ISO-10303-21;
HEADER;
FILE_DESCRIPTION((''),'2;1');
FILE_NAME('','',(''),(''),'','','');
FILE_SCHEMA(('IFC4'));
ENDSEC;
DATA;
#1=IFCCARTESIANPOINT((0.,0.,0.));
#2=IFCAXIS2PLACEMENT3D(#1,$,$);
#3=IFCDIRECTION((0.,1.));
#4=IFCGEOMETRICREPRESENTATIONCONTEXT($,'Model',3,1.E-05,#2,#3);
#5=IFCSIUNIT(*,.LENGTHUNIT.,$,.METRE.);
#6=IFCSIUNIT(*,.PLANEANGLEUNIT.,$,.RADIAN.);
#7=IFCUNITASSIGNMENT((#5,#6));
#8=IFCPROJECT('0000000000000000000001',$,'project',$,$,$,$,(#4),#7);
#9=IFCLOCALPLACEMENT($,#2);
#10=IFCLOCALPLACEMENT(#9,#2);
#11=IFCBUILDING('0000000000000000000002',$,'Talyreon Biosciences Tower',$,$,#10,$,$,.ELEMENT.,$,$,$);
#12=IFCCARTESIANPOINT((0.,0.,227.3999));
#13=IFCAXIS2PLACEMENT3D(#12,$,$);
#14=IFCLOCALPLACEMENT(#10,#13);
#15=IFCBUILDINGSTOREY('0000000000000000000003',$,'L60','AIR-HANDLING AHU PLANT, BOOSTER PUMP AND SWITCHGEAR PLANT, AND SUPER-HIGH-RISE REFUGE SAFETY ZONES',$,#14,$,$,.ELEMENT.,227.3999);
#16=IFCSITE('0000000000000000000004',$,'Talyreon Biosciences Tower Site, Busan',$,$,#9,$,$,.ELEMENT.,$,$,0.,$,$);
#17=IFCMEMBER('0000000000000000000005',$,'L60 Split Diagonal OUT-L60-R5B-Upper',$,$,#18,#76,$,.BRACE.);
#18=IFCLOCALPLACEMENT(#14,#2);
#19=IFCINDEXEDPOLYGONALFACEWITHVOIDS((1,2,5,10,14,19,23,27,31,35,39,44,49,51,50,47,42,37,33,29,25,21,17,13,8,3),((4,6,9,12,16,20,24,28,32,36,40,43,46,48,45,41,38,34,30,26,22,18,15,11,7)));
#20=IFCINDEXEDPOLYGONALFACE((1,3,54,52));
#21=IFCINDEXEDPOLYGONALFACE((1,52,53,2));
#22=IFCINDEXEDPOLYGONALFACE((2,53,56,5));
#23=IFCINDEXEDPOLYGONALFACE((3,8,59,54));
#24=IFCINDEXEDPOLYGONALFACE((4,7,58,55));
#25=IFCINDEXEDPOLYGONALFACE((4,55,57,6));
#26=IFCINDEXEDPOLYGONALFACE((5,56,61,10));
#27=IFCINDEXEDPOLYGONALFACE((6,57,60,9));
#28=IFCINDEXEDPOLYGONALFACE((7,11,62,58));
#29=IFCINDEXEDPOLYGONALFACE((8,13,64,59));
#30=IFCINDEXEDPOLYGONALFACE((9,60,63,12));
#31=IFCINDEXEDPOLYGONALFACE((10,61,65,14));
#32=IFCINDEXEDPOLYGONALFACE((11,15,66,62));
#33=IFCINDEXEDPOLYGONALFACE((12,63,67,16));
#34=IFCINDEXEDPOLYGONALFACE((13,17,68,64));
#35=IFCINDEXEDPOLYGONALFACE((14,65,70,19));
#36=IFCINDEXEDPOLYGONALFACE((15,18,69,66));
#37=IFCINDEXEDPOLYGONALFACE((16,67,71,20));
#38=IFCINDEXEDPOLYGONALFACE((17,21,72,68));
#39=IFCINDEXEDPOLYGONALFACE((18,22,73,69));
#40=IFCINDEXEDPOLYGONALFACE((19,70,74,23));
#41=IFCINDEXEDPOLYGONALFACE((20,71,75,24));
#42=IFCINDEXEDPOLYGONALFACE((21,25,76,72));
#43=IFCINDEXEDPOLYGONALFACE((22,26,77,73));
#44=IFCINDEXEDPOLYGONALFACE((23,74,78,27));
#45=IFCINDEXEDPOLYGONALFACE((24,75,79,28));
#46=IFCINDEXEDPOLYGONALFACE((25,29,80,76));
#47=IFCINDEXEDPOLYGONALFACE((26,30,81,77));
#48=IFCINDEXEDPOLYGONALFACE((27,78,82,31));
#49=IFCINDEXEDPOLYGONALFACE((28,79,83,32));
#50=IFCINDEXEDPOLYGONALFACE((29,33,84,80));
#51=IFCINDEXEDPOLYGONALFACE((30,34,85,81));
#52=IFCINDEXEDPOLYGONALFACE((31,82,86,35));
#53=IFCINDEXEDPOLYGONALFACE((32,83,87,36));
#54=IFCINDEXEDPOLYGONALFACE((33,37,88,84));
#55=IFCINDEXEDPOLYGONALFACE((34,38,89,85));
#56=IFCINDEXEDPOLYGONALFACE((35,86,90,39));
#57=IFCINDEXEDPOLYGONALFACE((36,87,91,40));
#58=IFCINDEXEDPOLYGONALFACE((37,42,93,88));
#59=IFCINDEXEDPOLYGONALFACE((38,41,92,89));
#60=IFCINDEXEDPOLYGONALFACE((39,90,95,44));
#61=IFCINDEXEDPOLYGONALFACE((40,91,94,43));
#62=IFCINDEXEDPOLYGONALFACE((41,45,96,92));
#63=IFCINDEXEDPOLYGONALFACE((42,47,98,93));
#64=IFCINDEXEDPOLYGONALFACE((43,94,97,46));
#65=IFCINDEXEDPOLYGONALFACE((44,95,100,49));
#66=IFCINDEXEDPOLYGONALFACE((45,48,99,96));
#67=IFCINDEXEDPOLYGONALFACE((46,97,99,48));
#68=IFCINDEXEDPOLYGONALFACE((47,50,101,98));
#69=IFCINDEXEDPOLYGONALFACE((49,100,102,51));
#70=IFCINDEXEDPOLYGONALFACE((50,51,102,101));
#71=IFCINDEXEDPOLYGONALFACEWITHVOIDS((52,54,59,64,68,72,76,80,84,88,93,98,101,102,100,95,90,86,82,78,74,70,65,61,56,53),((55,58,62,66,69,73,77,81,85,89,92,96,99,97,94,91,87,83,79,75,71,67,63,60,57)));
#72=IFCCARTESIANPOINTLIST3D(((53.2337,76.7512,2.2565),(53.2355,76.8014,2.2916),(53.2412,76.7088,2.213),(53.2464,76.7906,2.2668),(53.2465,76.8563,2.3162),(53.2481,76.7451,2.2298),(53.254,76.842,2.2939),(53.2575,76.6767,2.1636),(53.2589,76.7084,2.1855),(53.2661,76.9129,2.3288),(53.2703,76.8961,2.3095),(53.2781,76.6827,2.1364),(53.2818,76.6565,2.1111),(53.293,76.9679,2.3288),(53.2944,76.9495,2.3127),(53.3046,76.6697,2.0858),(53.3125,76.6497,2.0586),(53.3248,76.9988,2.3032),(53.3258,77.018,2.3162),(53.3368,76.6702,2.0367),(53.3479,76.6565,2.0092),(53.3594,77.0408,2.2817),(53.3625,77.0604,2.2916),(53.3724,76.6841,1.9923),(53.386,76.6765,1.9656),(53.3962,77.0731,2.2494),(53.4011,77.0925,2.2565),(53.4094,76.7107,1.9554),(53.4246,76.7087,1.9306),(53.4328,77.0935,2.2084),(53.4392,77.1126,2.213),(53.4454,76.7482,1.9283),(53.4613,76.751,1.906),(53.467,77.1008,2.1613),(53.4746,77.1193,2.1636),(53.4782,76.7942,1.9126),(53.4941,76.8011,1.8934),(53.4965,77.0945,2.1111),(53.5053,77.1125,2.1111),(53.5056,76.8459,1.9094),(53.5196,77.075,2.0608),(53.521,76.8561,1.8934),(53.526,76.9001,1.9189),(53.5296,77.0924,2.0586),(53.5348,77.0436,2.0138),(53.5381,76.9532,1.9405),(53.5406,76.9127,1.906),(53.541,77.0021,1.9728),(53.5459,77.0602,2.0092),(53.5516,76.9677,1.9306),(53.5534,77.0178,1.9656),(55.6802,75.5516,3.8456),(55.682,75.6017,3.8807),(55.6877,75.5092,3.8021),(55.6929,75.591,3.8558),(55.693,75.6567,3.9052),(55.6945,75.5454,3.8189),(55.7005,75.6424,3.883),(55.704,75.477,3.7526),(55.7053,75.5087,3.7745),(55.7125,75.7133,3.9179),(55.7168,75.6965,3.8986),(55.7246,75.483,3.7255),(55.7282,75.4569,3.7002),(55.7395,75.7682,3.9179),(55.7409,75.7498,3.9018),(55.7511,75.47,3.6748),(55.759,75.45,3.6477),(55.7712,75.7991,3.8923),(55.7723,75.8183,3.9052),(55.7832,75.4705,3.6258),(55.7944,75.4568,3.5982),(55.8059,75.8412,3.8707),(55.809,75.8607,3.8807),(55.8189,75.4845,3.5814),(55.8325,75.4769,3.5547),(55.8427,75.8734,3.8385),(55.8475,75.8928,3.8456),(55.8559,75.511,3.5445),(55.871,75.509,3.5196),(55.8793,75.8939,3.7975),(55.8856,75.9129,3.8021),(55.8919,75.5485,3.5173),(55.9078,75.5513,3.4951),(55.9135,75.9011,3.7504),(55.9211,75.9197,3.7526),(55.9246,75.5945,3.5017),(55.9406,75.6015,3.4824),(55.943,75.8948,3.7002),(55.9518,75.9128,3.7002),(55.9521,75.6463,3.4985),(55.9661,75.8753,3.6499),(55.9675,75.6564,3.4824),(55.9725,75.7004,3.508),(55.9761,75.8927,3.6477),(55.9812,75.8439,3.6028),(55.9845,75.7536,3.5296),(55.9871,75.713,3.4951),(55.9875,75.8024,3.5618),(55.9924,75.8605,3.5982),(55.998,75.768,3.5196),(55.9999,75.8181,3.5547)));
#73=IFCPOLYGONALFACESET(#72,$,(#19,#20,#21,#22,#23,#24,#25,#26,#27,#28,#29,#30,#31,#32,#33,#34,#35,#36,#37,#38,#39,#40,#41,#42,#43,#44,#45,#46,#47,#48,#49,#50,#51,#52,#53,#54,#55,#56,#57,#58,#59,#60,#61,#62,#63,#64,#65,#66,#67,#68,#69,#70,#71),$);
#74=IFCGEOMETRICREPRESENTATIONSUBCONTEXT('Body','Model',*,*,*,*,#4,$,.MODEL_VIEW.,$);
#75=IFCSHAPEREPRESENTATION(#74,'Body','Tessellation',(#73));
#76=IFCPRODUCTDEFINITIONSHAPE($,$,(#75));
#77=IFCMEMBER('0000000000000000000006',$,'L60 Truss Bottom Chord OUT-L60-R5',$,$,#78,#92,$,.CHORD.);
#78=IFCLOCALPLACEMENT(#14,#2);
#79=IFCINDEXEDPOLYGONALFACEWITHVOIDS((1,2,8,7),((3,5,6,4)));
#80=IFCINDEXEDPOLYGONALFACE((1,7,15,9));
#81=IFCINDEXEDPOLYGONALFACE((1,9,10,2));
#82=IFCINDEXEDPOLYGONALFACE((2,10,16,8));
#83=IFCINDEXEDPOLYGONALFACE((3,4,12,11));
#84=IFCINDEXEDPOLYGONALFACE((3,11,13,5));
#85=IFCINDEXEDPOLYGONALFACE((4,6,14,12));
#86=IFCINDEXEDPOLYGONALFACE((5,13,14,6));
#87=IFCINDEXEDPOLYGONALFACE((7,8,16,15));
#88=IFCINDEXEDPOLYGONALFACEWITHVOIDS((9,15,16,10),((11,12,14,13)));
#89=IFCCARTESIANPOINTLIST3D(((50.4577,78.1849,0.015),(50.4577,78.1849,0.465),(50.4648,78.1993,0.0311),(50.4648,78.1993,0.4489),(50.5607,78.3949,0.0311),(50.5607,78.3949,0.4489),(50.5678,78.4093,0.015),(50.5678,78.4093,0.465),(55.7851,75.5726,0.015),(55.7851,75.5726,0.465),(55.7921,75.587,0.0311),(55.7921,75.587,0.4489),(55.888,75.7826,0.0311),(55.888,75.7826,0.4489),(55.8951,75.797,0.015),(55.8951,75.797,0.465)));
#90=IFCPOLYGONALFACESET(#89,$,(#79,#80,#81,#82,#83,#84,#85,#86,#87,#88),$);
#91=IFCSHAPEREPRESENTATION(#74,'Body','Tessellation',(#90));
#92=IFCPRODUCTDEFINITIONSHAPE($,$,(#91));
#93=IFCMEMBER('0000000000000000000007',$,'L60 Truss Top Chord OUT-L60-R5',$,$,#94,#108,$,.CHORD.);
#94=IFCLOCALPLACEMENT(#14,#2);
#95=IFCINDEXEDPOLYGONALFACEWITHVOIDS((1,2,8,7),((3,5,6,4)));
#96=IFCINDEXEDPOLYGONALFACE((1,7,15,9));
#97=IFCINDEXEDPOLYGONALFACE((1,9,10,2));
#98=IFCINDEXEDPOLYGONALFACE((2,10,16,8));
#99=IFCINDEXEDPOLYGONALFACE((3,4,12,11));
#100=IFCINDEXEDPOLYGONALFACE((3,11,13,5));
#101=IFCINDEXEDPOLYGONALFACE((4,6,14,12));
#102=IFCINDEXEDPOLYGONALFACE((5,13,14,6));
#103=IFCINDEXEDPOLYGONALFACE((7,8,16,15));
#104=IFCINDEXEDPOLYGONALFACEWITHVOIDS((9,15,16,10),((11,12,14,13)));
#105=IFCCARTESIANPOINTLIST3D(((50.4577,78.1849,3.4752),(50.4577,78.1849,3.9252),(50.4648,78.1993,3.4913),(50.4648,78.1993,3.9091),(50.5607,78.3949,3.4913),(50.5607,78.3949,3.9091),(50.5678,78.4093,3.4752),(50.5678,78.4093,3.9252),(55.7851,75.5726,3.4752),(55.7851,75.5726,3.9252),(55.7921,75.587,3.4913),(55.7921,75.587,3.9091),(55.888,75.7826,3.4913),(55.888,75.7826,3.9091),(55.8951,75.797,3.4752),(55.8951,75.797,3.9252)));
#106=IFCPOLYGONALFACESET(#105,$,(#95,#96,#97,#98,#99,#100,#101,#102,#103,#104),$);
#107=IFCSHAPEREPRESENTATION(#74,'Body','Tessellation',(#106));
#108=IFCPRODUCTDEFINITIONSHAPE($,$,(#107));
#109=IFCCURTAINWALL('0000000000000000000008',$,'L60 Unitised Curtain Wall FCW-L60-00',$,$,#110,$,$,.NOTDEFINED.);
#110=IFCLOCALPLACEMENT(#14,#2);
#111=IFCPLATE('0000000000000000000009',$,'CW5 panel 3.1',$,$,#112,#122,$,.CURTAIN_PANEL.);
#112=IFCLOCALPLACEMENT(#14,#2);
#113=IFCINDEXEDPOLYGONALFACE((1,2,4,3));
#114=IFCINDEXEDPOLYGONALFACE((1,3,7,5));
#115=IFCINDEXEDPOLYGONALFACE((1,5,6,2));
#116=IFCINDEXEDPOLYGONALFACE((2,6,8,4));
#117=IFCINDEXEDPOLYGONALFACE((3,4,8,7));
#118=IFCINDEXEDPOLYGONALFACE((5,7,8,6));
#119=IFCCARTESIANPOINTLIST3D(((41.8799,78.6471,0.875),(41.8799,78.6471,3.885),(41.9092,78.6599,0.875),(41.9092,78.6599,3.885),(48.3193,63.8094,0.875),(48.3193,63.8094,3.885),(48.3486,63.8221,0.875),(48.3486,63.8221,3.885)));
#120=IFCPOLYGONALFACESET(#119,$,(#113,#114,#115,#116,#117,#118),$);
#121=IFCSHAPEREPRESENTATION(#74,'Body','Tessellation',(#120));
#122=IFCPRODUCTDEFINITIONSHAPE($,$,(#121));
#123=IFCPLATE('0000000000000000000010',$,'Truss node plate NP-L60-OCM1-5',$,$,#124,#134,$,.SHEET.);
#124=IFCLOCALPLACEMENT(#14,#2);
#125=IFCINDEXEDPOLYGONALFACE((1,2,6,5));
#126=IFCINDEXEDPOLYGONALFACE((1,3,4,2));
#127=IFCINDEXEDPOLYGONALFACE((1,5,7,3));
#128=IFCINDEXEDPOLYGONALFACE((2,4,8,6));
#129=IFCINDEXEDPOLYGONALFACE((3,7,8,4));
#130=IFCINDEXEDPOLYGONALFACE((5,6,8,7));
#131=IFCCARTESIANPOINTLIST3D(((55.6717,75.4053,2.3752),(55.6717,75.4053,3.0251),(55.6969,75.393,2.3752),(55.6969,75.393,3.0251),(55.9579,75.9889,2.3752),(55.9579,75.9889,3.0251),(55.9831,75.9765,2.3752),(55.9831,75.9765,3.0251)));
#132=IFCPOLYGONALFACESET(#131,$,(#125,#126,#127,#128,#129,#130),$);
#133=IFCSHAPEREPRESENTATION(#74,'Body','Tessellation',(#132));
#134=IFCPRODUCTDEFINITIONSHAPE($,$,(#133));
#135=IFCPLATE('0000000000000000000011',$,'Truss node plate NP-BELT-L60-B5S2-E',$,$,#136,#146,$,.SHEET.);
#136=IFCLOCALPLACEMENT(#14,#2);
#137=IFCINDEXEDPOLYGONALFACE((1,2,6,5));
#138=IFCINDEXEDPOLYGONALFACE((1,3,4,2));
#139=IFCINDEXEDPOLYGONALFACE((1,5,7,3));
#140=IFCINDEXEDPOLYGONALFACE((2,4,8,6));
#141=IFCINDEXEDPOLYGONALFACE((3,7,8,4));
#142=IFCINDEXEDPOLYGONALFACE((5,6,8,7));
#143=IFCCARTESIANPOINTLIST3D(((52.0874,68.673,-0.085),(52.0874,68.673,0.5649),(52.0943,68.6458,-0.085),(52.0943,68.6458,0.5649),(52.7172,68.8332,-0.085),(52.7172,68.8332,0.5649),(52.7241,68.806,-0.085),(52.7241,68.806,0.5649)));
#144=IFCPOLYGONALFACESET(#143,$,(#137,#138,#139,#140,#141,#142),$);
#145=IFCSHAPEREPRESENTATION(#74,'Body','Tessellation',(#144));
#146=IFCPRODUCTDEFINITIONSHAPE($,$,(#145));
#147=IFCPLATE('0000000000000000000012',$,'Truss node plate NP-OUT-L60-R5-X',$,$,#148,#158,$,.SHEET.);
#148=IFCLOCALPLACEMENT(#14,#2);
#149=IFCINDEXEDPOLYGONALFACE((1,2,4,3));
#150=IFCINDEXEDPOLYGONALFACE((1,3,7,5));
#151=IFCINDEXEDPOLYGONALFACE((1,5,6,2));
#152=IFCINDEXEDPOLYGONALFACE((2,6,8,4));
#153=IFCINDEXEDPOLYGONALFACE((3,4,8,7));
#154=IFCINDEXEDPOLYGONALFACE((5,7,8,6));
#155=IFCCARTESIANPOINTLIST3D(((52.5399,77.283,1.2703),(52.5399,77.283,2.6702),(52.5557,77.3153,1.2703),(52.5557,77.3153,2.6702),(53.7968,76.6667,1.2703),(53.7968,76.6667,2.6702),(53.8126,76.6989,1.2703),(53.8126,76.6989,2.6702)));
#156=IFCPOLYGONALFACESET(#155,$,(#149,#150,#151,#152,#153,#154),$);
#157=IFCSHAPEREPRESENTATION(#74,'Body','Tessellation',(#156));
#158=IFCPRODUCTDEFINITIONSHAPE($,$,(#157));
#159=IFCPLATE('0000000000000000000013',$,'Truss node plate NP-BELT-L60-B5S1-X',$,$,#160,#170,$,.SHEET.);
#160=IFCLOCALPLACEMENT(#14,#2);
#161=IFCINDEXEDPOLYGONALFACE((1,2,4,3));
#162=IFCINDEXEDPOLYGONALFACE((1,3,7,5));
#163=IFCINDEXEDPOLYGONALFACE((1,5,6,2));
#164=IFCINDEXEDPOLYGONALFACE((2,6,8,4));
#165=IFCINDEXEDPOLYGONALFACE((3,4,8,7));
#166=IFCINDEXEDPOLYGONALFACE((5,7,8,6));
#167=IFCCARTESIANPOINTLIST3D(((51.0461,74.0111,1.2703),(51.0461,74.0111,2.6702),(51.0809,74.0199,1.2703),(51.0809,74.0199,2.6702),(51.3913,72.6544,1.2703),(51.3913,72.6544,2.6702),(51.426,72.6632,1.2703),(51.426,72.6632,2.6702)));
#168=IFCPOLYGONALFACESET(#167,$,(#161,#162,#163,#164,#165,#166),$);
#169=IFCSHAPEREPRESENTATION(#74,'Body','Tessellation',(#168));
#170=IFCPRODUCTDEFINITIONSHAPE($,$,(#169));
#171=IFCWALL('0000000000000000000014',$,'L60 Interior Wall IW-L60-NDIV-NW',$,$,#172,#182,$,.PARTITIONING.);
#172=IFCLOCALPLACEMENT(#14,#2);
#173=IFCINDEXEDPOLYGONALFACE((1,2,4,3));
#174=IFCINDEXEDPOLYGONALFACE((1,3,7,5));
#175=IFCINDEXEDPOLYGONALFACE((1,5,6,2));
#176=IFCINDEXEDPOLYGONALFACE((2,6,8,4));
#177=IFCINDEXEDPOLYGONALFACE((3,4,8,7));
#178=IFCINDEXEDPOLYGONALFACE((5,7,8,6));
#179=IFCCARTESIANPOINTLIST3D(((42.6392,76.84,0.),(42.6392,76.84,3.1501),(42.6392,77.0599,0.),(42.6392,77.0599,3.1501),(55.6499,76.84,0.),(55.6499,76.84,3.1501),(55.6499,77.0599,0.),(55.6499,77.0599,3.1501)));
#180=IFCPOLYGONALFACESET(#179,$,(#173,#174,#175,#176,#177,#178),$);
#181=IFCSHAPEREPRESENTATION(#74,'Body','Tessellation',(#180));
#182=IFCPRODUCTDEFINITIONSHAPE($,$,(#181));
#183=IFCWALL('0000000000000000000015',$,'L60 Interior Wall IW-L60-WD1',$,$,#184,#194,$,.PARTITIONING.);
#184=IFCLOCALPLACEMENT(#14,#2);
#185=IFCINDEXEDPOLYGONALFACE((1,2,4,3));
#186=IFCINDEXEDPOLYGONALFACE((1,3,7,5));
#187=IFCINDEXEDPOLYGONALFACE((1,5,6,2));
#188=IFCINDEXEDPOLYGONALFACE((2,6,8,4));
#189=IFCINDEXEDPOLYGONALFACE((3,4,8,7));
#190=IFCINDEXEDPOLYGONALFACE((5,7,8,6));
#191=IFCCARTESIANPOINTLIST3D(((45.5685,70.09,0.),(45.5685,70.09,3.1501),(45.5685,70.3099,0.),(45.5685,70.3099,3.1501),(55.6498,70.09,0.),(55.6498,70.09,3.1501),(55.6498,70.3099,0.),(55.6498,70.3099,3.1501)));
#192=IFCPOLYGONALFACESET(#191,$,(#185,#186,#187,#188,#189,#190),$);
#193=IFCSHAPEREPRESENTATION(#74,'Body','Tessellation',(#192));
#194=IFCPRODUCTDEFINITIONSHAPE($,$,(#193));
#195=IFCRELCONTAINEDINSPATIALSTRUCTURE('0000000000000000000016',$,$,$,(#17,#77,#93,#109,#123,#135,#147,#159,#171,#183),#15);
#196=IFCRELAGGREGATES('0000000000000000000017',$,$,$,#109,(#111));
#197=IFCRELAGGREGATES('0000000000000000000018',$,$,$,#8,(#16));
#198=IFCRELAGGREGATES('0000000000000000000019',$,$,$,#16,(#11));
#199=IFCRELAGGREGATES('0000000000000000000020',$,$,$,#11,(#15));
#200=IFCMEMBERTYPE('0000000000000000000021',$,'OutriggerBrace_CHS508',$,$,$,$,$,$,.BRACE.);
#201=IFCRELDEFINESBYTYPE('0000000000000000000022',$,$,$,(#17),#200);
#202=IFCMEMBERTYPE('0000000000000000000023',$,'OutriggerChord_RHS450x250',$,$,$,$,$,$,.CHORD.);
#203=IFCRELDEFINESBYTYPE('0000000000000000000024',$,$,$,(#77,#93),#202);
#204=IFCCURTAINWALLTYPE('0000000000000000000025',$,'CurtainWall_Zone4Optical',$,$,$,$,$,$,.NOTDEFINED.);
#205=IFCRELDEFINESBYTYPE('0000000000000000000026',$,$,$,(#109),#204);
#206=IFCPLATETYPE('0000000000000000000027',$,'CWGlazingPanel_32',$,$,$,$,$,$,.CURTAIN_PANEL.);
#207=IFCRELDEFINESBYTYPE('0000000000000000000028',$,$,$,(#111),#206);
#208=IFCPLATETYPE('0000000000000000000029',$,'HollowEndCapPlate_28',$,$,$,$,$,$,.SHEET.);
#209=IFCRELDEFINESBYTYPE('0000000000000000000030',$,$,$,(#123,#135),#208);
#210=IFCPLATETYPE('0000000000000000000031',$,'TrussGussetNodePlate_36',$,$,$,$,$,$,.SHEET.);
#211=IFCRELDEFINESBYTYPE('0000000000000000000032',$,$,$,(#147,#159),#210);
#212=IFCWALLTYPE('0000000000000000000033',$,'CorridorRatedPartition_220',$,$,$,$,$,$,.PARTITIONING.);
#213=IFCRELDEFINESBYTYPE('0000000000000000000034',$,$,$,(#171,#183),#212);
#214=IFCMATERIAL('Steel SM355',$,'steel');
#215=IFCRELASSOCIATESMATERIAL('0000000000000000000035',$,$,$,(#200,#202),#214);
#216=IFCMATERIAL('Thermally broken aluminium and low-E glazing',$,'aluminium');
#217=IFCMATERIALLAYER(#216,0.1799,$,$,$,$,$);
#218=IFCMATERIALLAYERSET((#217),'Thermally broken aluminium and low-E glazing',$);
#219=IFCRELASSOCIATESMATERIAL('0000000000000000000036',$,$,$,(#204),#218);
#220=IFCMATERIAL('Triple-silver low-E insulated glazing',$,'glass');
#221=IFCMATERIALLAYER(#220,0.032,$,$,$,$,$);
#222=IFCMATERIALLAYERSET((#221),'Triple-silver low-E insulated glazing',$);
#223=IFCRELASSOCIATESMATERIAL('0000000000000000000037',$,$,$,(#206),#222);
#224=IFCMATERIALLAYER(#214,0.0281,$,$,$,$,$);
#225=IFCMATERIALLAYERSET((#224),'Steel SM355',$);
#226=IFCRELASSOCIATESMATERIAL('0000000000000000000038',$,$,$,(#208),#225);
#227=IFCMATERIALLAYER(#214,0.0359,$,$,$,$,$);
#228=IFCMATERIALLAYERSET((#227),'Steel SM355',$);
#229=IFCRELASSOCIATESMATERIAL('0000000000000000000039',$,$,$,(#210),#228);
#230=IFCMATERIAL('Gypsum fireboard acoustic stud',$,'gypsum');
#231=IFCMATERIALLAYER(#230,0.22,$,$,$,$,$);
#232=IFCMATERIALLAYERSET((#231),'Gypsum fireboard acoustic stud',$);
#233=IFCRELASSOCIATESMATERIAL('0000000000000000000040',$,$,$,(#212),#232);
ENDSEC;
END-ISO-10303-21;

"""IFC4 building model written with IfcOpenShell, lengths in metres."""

from ifc_helpers import new_model, si_unit, direction, frame, frame_2d, origin, origin_2d, place, context, subcontext, project, spatial, rectangle, hollow_rectangle, hollow_circle, extrude, material, layer, layer_set, material_profile, profile_set, type_object, element, aggregate, save


model = new_model("IFC4")

# Units and contexts
model_context = context("Model", 3, precision=1e-05, world=origin(), true_north=direction((0.0, 1.0)))
body_context = subcontext(model_context, "Body", "Model", "MODEL_VIEW")
ifc_project = project(units=[si_unit("LENGTHUNIT", "METRE"), si_unit("PLANEANGLEUNIT", "RADIAN")], contexts=[model_context])

# Site, building, storey
site_placement = place(None, origin())
site = spatial("IfcSite", under=ifc_project, at=site_placement, Name="Talyreon Biosciences Tower Site, Busan", CompositionType="ELEMENT", RefElevation=0.0)
building_placement = place(site_placement, origin())
building = spatial("IfcBuilding", under=site, at=building_placement, Name="Talyreon Biosciences Tower", CompositionType="ELEMENT")
storey_placement = place(building_placement, frame((0.0, 0.0, 227.3999)))
storey = spatial("IfcBuildingStorey", under=building, at=storey_placement, Name="L60", Description="AIR-HANDLING AHU PLANT, BOOSTER PUMP AND SWITCHGEAR PLANT, AND SUPER-HIGH-RISE REFUGE SAFETY ZONES", CompositionType="ELEMENT", Elevation=227.3999)

# Shared definitions
ifc_material_1 = material(Name="Steel SM355", Category="steel")

# Members
ifc_material_profile_1 = material_profile(ifc_material_1, hollow_circle(Radius=0.2539, WallThickness=0.02, at=origin_2d()), Name="CHS 508x20")
ifc_profile_set_1 = profile_set([ifc_material_profile_1], Name="Steel SM355")
member_type_1 = type_object("IfcMemberType", Name="OutriggerBrace_CHS508", PredefinedType="BRACE", material=ifc_profile_set_1)
member_1_placement = place(storey_placement, frame((53.3936, 76.8845, 2.1111), z_axis=(0.775599, -0.380331, 0.50378), x_axis=(0.440283, 0.897859, 0.0)))
element("IfcMember", 1, at=member_1_placement, inside=storey, type_object=member_type_1, Name="L60 Split Diagonal OUT-L60-R5B-Upper", PredefinedType="BRACE", context=body_context, shape_type="SweptSolid", body=[
    extrude(hollow_circle(Radius=0.2539, WallThickness=0.02, at=origin_2d()), origin(), (0.0, 0.0, 1.0), 3.1543),
])
ifc_material_profile_2 = material_profile(ifc_material_1, hollow_rectangle(XDim=0.25, YDim=0.45, WallThickness=0.0161, at=origin_2d()), Name="RHS 450x250x16")
ifc_profile_set_2 = profile_set([ifc_material_profile_2], Name="Steel SM355")
member_type_2 = type_object("IfcMemberType", Name="OutriggerChord_RHS450x250", PredefinedType="CHORD", material=ifc_profile_set_2)
for number, where, z_axis, x_axis, name in (
    (2, (55.8401, 75.6848, 0.24), (-0.897865, 0.440271, 0.0), (-0.440271, -0.897865, 0.0), "L60 Truss Bottom Chord OUT-L60-R5"),
    (3, (55.8401, 75.6848, 3.7002), (-0.897865, 0.440271, 0.0), (-0.440271, -0.897865, 0.0), "L60 Truss Top Chord OUT-L60-R5"),
):
    element("IfcMember", number, at=place(storey_placement, frame(where, z_axis=z_axis, x_axis=x_axis)), inside=storey, type_object=member_type_2, Name=name, PredefinedType="CHORD", context=body_context, shape_type="SweptSolid", body=[
        extrude(hollow_rectangle(XDim=0.25, YDim=0.45, WallThickness=0.0161, at=origin_2d()), origin(), (0.0, 0.0, 1.0), 5.9333),
    ])

# Curtain wall, plate
ifc_material_2 = material(Name="Thermally broken aluminium and low-E glazing", Category="aluminium")
ifc_layer_1 = layer(ifc_material_2, 0.1799)
ifc_layer_set_1 = layer_set([ifc_layer_1], Name="Thermally broken aluminium and low-E glazing")
curtain_wall_type = type_object("IfcCurtainWallType", Name="CurtainWall_Zone4Optical", PredefinedType="NOTDEFINED", material=ifc_layer_set_1)
curtain_wall_placement = place(storey_placement, origin())
curtain_wall = element("IfcCurtainWall", 4, at=curtain_wall_placement, inside=storey, type_object=curtain_wall_type, Name="L60 Unitised Curtain Wall FCW-L60-00", PredefinedType="NOTDEFINED")
ifc_material_3 = material(Name="Triple-silver low-E insulated glazing", Category="glass")
ifc_layer_2 = layer(ifc_material_3, 0.032)
ifc_layer_set_2 = layer_set([ifc_layer_2], Name="Triple-silver low-E insulated glazing")
plate_type_1 = type_object("IfcPlateType", Name="CWGlazingPanel_32", PredefinedType="CURTAIN_PANEL", material=ifc_layer_set_2)
plate_placement = place(storey_placement, frame((45.1143, 71.2346, 0.875), z_axis=(0.0, 0.0, 1.0), x_axis=(-0.398112, 0.917337, 0.0)))
plate = element("IfcPlate", 5, at=plate_placement, type_object=plate_type_1, Name="CW5 panel 3.1", PredefinedType="CURTAIN_PANEL", context=body_context, shape_type="SweptSolid", body=[
    extrude(rectangle(XDim=16.1748, YDim=0.032, at=origin_2d()), origin(), (0.0, 0.0, 1.0), 3.01),
])
aggregate(curtain_wall, [plate])

# Plates
ifc_layer_3 = layer(ifc_material_1, 0.0281)
ifc_layer_set_3 = layer_set([ifc_layer_3], Name="Steel SM355")
plate_type_2 = type_object("IfcPlateType", Name="HollowEndCapPlate_28", PredefinedType="SHEET", material=ifc_layer_set_3)
for number, where, z_axis, x_axis, name in (
    (6, (55.8274, 75.6909, 2.3752), (0.0, 0.0, 1.0), (-0.440284, -0.897859, 0.0), "Truss node plate NP-L60-OCM1-5"),
    (7, (52.4058, 68.7395, -0.085), (0.0, 0.0, 1.0), (0.969132, 0.246542, 0.0), "Truss node plate NP-BELT-L60-B5S2-E"),
):
    element("IfcPlate", number, at=place(storey_placement, frame(where, z_axis=z_axis, x_axis=x_axis)), inside=storey, type_object=plate_type_2, Name=name, PredefinedType="SHEET", context=body_context, shape_type="SweptSolid", body=[
        extrude(rectangle(XDim=0.6499, YDim=0.0281, at=origin_2d()), origin(), (0.0, 0.0, 1.0), 0.6499),
    ])
ifc_layer_4 = layer(ifc_material_1, 0.0359)
ifc_layer_set_4 = layer_set([ifc_layer_4], Name="Steel SM355")
plate_type_3 = type_object("IfcPlateType", Name="TrussGussetNodePlate_36", PredefinedType="SHEET", material=ifc_layer_set_4)
for number, where, z_axis, x_axis, name in (
    (8, (53.1763, 76.991, 1.2703), (0.0, 0.0, 1.0), (-0.897859, 0.440284, 0.0), "Truss node plate NP-OUT-L60-R5-X"),
    (9, (51.2361, 73.3372, 1.2703), (0.0, 0.0, 1.0), (0.246542, -0.969132, 0.0), "Truss node plate NP-BELT-L60-B5S1-X"),
):
    element("IfcPlate", number, at=place(storey_placement, frame(where, z_axis=z_axis, x_axis=x_axis)), inside=storey, type_object=plate_type_3, Name=name, PredefinedType="SHEET", context=body_context, shape_type="SweptSolid", body=[
        extrude(rectangle(XDim=1.3999, YDim=0.0359, at=origin_2d()), origin(), (0.0, 0.0, 1.0), 1.3999),
    ])

# Walls
ifc_material_4 = material(Name="Gypsum fireboard acoustic stud", Category="gypsum")
ifc_layer_5 = layer(ifc_material_4, 0.22)
ifc_layer_set_5 = layer_set([ifc_layer_5], Name="Gypsum fireboard acoustic stud")
wall_type = type_object("IfcWallType", Name="CorridorRatedPartition_220", PredefinedType="PARTITIONING", material=ifc_layer_set_5)
wall_1_placement = place(storey_placement, frame((42.6392, 76.95, 0.0), z_axis=(0.0, 0.0, 1.0), x_axis=(1.0, 0.0, 0.0)))
element("IfcWall", 10, at=wall_1_placement, inside=storey, type_object=wall_type, Name="L60 Interior Wall IW-L60-NDIV-NW", PredefinedType="PARTITIONING", context=body_context, shape_type="SweptSolid", body=[
    extrude(rectangle(XDim=13.0107, YDim=0.22, at=frame_2d((6.5054, 0.0))), origin(), (0.0, 0.0, 1.0), 3.1501),
])
wall_2_placement = place(storey_placement, frame((45.5686, 70.2, 0.0), z_axis=(0.0, 0.0, 1.0), x_axis=(1.0, 0.0, 0.0)))
element("IfcWall", 11, at=wall_2_placement, inside=storey, type_object=wall_type, Name="L60 Interior Wall IW-L60-WD1", PredefinedType="PARTITIONING", context=body_context, shape_type="SweptSolid", body=[
    extrude(rectangle(XDim=10.0813, YDim=0.22, at=frame_2d((5.0405, 0.0))), origin(), (0.0, 0.0, 1.0), 3.1501),
])

save(model, "model.ifc")
